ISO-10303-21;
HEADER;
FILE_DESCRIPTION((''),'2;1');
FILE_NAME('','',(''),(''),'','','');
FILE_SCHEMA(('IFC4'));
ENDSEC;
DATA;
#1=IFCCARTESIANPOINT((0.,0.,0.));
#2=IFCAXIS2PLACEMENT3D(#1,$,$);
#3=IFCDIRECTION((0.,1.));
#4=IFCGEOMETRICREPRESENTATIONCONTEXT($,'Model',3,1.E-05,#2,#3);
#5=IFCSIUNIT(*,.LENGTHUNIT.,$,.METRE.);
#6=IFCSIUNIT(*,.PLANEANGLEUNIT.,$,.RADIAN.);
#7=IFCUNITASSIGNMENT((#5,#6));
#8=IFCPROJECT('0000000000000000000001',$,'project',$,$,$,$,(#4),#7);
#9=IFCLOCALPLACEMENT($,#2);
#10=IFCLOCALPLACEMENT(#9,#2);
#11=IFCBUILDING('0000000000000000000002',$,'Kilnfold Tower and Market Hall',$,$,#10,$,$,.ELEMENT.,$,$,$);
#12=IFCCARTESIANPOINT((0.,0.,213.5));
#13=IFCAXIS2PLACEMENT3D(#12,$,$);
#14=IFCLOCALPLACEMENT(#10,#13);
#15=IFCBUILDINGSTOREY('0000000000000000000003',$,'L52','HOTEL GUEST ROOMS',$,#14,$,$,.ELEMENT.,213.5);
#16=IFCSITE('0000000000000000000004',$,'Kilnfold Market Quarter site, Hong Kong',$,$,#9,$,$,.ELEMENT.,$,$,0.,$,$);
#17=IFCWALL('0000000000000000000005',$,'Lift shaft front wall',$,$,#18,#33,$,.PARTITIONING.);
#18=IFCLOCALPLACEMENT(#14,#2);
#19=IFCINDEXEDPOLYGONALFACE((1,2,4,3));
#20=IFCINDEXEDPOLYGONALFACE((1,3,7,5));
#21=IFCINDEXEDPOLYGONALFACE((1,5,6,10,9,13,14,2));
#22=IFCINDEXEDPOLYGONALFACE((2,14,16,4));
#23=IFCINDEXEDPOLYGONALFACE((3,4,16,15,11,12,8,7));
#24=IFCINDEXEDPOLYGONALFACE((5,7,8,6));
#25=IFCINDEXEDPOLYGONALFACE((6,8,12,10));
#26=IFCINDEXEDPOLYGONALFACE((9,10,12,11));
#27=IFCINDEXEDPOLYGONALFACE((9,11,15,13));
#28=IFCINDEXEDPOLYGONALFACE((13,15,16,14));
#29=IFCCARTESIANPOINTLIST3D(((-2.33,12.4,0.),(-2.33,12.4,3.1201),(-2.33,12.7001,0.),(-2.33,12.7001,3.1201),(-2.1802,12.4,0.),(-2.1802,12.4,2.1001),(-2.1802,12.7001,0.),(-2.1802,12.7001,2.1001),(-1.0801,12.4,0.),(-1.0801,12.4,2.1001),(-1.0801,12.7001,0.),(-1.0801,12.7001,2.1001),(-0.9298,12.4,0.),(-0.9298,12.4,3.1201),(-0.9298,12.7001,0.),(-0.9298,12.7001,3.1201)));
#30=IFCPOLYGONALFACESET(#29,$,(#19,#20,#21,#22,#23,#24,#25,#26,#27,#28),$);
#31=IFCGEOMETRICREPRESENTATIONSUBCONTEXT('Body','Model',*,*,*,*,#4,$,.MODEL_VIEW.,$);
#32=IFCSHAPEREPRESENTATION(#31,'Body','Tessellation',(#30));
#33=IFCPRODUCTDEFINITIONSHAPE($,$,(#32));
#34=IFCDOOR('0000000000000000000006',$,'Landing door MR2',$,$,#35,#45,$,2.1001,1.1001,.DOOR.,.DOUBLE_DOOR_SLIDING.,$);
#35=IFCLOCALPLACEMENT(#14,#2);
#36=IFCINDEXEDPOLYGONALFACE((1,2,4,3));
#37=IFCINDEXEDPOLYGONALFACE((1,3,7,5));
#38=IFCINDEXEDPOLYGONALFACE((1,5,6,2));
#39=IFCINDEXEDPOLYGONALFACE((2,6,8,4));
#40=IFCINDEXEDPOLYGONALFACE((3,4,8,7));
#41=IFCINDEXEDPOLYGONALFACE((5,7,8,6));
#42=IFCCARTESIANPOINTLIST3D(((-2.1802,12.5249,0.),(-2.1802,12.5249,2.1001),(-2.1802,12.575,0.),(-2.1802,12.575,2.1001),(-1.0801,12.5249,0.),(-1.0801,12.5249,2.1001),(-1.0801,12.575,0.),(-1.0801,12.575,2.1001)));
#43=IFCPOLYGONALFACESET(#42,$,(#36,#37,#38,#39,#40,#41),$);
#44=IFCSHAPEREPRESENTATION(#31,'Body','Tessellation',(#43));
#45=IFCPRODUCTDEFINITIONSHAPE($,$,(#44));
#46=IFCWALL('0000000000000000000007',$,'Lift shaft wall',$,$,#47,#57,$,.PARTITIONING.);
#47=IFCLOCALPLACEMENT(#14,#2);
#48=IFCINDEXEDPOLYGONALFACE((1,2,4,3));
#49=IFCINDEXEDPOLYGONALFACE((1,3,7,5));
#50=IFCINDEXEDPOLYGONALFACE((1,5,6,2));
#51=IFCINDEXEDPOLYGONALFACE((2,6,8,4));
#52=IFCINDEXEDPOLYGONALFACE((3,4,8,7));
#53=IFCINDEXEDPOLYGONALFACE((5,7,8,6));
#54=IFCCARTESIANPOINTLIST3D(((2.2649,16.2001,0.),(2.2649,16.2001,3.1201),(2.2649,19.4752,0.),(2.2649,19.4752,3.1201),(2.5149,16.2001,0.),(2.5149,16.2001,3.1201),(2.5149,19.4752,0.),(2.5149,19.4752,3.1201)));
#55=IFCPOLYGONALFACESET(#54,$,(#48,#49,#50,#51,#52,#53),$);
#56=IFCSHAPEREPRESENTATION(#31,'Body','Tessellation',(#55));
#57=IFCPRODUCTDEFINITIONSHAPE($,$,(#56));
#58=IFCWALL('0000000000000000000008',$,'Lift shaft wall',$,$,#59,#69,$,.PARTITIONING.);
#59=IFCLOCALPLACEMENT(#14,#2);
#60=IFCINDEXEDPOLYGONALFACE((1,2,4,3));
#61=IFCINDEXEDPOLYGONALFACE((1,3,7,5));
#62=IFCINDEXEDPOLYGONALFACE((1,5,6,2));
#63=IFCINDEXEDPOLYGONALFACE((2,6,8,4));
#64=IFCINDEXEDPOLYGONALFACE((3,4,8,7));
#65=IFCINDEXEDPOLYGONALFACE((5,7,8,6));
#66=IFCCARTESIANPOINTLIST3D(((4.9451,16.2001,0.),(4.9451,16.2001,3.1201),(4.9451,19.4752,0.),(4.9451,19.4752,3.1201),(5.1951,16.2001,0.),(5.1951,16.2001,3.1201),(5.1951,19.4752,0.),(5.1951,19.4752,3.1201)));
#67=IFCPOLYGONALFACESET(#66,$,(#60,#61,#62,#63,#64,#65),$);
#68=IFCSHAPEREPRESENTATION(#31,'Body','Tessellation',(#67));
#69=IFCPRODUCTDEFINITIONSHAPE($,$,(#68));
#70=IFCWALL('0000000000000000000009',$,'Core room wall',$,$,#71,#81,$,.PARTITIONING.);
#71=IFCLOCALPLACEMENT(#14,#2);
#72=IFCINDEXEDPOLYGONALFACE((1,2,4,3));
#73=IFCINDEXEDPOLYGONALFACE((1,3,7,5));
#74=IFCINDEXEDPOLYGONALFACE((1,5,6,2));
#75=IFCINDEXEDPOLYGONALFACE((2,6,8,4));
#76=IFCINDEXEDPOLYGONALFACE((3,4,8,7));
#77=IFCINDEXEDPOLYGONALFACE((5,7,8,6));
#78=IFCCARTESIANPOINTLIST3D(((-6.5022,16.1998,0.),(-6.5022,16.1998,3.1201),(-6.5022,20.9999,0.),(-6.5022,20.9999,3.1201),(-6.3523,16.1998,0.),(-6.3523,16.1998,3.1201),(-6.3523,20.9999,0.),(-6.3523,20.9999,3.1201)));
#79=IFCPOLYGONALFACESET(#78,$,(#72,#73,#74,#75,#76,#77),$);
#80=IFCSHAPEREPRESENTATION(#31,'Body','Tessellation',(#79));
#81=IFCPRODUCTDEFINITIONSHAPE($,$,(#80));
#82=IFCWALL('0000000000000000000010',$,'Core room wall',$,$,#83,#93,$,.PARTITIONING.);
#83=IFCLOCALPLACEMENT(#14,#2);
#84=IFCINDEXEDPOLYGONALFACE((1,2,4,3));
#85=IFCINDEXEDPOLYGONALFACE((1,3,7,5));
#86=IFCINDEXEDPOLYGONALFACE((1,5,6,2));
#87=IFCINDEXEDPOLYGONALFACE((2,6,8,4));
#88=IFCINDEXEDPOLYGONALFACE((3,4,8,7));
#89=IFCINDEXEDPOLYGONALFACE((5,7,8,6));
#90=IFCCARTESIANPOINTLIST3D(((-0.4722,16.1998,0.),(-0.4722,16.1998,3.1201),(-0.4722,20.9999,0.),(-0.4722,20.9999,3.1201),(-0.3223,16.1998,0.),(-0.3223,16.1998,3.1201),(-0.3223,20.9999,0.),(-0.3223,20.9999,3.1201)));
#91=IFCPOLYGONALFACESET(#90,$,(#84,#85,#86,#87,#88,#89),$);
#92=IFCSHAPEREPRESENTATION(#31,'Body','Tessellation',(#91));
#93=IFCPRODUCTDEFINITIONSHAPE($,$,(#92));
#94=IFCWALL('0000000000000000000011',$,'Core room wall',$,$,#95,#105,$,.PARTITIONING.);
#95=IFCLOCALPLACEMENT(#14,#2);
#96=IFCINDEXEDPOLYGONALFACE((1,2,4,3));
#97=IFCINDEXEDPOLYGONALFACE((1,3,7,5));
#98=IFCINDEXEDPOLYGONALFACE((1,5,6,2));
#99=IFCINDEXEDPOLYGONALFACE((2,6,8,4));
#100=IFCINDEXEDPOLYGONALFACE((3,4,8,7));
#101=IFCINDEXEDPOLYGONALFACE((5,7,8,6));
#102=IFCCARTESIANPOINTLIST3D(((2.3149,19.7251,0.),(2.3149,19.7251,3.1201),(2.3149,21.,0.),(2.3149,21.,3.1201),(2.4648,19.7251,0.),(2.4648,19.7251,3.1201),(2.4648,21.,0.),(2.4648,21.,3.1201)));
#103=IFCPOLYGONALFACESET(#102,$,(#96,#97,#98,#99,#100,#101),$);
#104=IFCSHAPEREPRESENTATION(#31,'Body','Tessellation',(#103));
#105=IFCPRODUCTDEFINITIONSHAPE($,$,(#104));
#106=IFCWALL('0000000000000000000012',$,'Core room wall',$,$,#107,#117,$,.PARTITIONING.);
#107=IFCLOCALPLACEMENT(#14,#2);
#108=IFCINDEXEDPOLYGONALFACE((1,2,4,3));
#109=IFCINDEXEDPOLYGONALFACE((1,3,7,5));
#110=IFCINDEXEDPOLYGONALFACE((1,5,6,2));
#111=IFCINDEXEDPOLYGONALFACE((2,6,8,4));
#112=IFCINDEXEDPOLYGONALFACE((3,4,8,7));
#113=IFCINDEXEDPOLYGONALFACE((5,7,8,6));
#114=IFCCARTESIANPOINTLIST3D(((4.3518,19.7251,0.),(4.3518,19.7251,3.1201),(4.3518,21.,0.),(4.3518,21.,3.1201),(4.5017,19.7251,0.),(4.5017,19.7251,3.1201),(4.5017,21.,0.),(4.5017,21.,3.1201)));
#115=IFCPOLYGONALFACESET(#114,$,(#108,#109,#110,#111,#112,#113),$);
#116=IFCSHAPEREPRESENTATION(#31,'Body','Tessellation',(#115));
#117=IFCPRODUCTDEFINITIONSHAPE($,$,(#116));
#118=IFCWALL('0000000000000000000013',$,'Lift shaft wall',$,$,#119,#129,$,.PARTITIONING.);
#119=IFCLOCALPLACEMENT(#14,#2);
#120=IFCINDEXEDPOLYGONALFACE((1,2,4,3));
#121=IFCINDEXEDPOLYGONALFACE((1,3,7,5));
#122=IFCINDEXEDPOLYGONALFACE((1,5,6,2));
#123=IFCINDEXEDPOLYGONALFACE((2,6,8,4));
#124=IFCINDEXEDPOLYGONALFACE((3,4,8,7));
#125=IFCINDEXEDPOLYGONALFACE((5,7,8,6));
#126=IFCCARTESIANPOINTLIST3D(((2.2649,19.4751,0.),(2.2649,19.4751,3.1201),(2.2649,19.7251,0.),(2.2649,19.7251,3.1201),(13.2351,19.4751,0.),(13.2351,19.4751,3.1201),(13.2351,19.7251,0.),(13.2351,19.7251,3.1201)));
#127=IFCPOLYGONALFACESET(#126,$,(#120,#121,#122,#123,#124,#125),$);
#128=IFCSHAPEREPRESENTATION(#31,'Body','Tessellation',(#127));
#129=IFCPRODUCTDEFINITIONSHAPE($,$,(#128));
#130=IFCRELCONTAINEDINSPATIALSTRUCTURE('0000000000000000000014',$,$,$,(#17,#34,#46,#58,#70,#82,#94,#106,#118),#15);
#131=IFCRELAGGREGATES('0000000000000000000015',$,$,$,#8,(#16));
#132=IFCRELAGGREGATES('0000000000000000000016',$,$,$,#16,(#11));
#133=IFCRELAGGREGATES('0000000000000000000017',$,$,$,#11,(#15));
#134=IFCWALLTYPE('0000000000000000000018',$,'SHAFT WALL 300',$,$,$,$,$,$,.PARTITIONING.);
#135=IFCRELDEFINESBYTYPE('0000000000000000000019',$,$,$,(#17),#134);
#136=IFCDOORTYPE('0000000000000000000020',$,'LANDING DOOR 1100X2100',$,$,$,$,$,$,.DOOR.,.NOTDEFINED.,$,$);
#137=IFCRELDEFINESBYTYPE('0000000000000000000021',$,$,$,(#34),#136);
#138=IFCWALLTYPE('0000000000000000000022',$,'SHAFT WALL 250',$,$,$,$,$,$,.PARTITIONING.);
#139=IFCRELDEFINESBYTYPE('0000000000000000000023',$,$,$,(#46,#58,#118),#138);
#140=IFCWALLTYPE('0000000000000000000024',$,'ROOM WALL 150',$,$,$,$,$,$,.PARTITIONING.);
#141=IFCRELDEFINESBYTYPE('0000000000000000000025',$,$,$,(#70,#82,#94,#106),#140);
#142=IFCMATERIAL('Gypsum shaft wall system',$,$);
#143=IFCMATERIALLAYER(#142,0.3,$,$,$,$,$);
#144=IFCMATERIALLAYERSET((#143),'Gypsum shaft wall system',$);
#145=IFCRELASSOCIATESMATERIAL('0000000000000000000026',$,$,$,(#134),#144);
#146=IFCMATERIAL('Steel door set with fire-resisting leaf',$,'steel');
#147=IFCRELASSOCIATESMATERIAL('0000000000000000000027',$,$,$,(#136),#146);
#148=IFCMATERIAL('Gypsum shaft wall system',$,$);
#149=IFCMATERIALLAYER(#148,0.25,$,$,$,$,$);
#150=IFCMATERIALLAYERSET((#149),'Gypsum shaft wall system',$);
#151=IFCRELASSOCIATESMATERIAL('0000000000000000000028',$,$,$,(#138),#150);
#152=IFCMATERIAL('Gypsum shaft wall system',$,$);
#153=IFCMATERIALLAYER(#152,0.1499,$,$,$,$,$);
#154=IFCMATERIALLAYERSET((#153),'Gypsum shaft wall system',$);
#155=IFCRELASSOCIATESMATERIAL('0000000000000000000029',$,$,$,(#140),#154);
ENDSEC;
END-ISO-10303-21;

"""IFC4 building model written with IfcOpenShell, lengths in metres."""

from ifc_helpers import new_model, si_unit, direction, frame, frame_2d, origin, place, context, subcontext, project, spatial, rectangle, extrude, source, transform, mapped, material, layer, layer_set, type_object, element, fill, save


model = new_model("IFC4")

# Units and contexts
model_context = context("Model", 3, precision=1e-05, world=origin(), true_north=direction((0.0, 1.0)))
body_context = subcontext(model_context, "Body", "Model", "MODEL_VIEW")
ifc_project = project(units=[si_unit("LENGTHUNIT", "METRE"), si_unit("PLANEANGLEUNIT", "RADIAN")], contexts=[model_context])

# Site, building, storey
site_placement = place(None, origin())
site = spatial("IfcSite", under=ifc_project, at=site_placement, Name="Kilnfold Market Quarter site, Hong Kong", CompositionType="ELEMENT", RefElevation=0.0)
building_placement = place(site_placement, origin())
building = spatial("IfcBuilding", under=site, at=building_placement, Name="Kilnfold Tower and Market Hall", CompositionType="ELEMENT")
storey_placement = place(building_placement, frame((0.0, 0.0, 213.5)))
storey = spatial("IfcBuildingStorey", under=building, at=storey_placement, Name="L52", Description="HOTEL GUEST ROOMS", CompositionType="ELEMENT", Elevation=213.5)

# Shared definitions
ifc_material_1 = material(Name="Gypsum shaft wall system")
ifc_layer_1 = layer(ifc_material_1, 0.3)
ifc_layer_set_1 = layer_set([ifc_layer_1], Name="Gypsum shaft wall system")
wall_type_1 = type_object("IfcWallType", Name="SHAFT WALL 300", PredefinedType="PARTITIONING", material=ifc_layer_set_1)
ifc_material_2 = material(Name="Steel door set with fire-resisting leaf", Category="steel")
door_type = type_object("IfcDoorType", Name="LANDING DOOR 1100X2100", OperationType="NOTDEFINED", PredefinedType="DOOR", material=ifc_material_2)

# Wall, opening, door
shared_shape_1 = source(origin(), body_context, "Body", "SweptSolid", [
    extrude(rectangle(XDim=1.4001, YDim=0.3, at=frame_2d((0.7002, 0.0))), origin(), (0.0, 0.0, 1.0), 3.1201),
])
wall_1_placement = place(storey_placement, frame((-2.3301, 12.55, 0.0), z_axis=(0.0, 0.0, 1.0), x_axis=(1.0, 0.0, 0.0)))
wall_1 = element("IfcWall", 1, at=wall_1_placement, inside=storey, type_object=wall_type_1, Name="Lift shaft front wall", PredefinedType="PARTITIONING", context=body_context, shape_type="MappedRepresentation", body=[
    mapped(shared_shape_1, transform((0.0, 0.0, 0.0))),
])
opening_1_placement = place(wall_1_placement, frame((0.1499, 0.0, 0.0)))
opening_1 = element("IfcOpeningElement", 2, at=opening_1_placement, cuts=wall_1, PredefinedType="OPENING", context=body_context, shape_type="SweptSolid", body=[
    extrude(rectangle(XDim=1.1001, YDim=2.1001, at=frame_2d((0.55, 1.05))), frame((0.0, 0.1602, 0.0), z_axis=(0.0, -1.0, 0.0), x_axis=(1.0, 0.0, 0.0)), (0.0, 0.0, 1.0), 0.3201),
])
door_1_placement = place(opening_1_placement, origin())
door_1 = element("IfcDoor", 3, at=door_1_placement, inside=storey, type_object=door_type, Name="Landing door MR2", OperationType="DOUBLE_DOOR_SLIDING", OverallHeight=2.1001, OverallWidth=1.1001, PredefinedType="DOOR", context=body_context, shape_type="SweptSolid", body=[
    extrude(rectangle(XDim=1.1001, YDim=2.1001, at=frame_2d((0.55, 1.05))), frame((0.0, 0.0249, 0.0), z_axis=(0.0, -1.0, 0.0), x_axis=(1.0, 0.0, 0.0)), (0.0, 0.0, 1.0), 0.05),
])
fill(opening_1, door_1)

# Walls
ifc_material_3 = material(Name="Gypsum shaft wall system")
ifc_layer_2 = layer(ifc_material_3, 0.25)
ifc_layer_set_2 = layer_set([ifc_layer_2], Name="Gypsum shaft wall system")
wall_type_2 = type_object("IfcWallType", Name="SHAFT WALL 250", PredefinedType="PARTITIONING", material=ifc_layer_set_2)
shared_shape_2 = source(origin(), body_context, "Body", "SweptSolid", [
    extrude(rectangle(XDim=3.2751, YDim=0.25, at=frame_2d((1.6377, 0.0))), origin(), (0.0, 0.0, 1.0), 3.1201),
])
for number, where, z_axis, x_axis, name in (
    (4, (2.3899, 16.2, 0.0), (0.0, 0.0, 1.0), (0.0, 1.0, 0.0), "Lift shaft wall"),
    (5, (5.0701, 16.2, 0.0), (0.0, 0.0, 1.0), (0.0, 1.0, 0.0), "Lift shaft wall"),
):
    element("IfcWall", number, at=place(storey_placement, frame(where, z_axis=z_axis, x_axis=x_axis)), inside=storey, type_object=wall_type_2, Name=name, PredefinedType="PARTITIONING", context=body_context, shape_type="MappedRepresentation", body=[
        mapped(shared_shape_2, transform((0.0, 0.0, 0.0))),
    ])
ifc_material_4 = material(Name="Gypsum shaft wall system")
ifc_layer_3 = layer(ifc_material_4, 0.1499)
ifc_layer_set_3 = layer_set([ifc_layer_3], Name="Gypsum shaft wall system")
wall_type_3 = type_object("IfcWallType", Name="ROOM WALL 150", PredefinedType="PARTITIONING", material=ifc_layer_set_3)
shared_shape_3 = source(origin(), body_context, "Body", "SweptSolid", [
    extrude(rectangle(XDim=4.8, YDim=0.1499, at=frame_2d((2.3999, 0.0))), origin(), (0.0, 0.0, 1.0), 3.1201),
])
for number, where, z_axis, x_axis, name in (
    (6, (-6.4272, 16.2, 0.0), (0.0, 0.0, 1.0), (0.0, 1.0, 0.0), "Core room wall"),
    (7, (-0.3972, 16.2, 0.0), (0.0, 0.0, 1.0), (0.0, 1.0, 0.0), "Core room wall"),
):
    element("IfcWall", number, at=place(storey_placement, frame(where, z_axis=z_axis, x_axis=x_axis)), inside=storey, type_object=wall_type_3, Name=name, PredefinedType="PARTITIONING", context=body_context, shape_type="MappedRepresentation", body=[
        mapped(shared_shape_3, transform((0.0, 0.0, 0.0))),
    ])
shared_shape_4 = source(origin(), body_context, "Body", "SweptSolid", [
    extrude(rectangle(XDim=1.2749, YDim=0.1499, at=frame_2d((0.6375, 0.0))), origin(), (0.0, 0.0, 1.0), 3.1201),
])
for number, where, z_axis, x_axis, name in (
    (8, (2.3899, 19.7251, 0.0), (0.0, 0.0, 1.0), (0.0, 1.0, 0.0), "Core room wall"),
    (9, (4.4268, 19.7251, 0.0), (0.0, 0.0, 1.0), (0.0, 1.0, 0.0), "Core room wall"),
):
    element("IfcWall", number, at=place(storey_placement, frame(where, z_axis=z_axis, x_axis=x_axis)), inside=storey, type_object=wall_type_3, Name=name, PredefinedType="PARTITIONING", context=body_context, shape_type="MappedRepresentation", body=[
        mapped(shared_shape_4, transform((0.0, 0.0, 0.0))),
    ])
shared_shape_5 = source(origin(), body_context, "Body", "SweptSolid", [
    extrude(rectangle(XDim=10.9702, YDim=0.25, at=frame_2d((5.4851, 0.0))), origin(), (0.0, 0.0, 1.0), 3.1201),
])
wall_2_placement = place(storey_placement, frame((2.2649, 19.6001, 0.0), z_axis=(0.0, 0.0, 1.0), x_axis=(1.0, 0.0, 0.0)))
element("IfcWall", 10, at=wall_2_placement, inside=storey, type_object=wall_type_2, Name="Lift shaft wall", PredefinedType="PARTITIONING", context=body_context, shape_type="MappedRepresentation", body=[
    mapped(shared_shape_5, transform((0.0, 0.0, 0.0))),
])

save(model, "model.ifc")
